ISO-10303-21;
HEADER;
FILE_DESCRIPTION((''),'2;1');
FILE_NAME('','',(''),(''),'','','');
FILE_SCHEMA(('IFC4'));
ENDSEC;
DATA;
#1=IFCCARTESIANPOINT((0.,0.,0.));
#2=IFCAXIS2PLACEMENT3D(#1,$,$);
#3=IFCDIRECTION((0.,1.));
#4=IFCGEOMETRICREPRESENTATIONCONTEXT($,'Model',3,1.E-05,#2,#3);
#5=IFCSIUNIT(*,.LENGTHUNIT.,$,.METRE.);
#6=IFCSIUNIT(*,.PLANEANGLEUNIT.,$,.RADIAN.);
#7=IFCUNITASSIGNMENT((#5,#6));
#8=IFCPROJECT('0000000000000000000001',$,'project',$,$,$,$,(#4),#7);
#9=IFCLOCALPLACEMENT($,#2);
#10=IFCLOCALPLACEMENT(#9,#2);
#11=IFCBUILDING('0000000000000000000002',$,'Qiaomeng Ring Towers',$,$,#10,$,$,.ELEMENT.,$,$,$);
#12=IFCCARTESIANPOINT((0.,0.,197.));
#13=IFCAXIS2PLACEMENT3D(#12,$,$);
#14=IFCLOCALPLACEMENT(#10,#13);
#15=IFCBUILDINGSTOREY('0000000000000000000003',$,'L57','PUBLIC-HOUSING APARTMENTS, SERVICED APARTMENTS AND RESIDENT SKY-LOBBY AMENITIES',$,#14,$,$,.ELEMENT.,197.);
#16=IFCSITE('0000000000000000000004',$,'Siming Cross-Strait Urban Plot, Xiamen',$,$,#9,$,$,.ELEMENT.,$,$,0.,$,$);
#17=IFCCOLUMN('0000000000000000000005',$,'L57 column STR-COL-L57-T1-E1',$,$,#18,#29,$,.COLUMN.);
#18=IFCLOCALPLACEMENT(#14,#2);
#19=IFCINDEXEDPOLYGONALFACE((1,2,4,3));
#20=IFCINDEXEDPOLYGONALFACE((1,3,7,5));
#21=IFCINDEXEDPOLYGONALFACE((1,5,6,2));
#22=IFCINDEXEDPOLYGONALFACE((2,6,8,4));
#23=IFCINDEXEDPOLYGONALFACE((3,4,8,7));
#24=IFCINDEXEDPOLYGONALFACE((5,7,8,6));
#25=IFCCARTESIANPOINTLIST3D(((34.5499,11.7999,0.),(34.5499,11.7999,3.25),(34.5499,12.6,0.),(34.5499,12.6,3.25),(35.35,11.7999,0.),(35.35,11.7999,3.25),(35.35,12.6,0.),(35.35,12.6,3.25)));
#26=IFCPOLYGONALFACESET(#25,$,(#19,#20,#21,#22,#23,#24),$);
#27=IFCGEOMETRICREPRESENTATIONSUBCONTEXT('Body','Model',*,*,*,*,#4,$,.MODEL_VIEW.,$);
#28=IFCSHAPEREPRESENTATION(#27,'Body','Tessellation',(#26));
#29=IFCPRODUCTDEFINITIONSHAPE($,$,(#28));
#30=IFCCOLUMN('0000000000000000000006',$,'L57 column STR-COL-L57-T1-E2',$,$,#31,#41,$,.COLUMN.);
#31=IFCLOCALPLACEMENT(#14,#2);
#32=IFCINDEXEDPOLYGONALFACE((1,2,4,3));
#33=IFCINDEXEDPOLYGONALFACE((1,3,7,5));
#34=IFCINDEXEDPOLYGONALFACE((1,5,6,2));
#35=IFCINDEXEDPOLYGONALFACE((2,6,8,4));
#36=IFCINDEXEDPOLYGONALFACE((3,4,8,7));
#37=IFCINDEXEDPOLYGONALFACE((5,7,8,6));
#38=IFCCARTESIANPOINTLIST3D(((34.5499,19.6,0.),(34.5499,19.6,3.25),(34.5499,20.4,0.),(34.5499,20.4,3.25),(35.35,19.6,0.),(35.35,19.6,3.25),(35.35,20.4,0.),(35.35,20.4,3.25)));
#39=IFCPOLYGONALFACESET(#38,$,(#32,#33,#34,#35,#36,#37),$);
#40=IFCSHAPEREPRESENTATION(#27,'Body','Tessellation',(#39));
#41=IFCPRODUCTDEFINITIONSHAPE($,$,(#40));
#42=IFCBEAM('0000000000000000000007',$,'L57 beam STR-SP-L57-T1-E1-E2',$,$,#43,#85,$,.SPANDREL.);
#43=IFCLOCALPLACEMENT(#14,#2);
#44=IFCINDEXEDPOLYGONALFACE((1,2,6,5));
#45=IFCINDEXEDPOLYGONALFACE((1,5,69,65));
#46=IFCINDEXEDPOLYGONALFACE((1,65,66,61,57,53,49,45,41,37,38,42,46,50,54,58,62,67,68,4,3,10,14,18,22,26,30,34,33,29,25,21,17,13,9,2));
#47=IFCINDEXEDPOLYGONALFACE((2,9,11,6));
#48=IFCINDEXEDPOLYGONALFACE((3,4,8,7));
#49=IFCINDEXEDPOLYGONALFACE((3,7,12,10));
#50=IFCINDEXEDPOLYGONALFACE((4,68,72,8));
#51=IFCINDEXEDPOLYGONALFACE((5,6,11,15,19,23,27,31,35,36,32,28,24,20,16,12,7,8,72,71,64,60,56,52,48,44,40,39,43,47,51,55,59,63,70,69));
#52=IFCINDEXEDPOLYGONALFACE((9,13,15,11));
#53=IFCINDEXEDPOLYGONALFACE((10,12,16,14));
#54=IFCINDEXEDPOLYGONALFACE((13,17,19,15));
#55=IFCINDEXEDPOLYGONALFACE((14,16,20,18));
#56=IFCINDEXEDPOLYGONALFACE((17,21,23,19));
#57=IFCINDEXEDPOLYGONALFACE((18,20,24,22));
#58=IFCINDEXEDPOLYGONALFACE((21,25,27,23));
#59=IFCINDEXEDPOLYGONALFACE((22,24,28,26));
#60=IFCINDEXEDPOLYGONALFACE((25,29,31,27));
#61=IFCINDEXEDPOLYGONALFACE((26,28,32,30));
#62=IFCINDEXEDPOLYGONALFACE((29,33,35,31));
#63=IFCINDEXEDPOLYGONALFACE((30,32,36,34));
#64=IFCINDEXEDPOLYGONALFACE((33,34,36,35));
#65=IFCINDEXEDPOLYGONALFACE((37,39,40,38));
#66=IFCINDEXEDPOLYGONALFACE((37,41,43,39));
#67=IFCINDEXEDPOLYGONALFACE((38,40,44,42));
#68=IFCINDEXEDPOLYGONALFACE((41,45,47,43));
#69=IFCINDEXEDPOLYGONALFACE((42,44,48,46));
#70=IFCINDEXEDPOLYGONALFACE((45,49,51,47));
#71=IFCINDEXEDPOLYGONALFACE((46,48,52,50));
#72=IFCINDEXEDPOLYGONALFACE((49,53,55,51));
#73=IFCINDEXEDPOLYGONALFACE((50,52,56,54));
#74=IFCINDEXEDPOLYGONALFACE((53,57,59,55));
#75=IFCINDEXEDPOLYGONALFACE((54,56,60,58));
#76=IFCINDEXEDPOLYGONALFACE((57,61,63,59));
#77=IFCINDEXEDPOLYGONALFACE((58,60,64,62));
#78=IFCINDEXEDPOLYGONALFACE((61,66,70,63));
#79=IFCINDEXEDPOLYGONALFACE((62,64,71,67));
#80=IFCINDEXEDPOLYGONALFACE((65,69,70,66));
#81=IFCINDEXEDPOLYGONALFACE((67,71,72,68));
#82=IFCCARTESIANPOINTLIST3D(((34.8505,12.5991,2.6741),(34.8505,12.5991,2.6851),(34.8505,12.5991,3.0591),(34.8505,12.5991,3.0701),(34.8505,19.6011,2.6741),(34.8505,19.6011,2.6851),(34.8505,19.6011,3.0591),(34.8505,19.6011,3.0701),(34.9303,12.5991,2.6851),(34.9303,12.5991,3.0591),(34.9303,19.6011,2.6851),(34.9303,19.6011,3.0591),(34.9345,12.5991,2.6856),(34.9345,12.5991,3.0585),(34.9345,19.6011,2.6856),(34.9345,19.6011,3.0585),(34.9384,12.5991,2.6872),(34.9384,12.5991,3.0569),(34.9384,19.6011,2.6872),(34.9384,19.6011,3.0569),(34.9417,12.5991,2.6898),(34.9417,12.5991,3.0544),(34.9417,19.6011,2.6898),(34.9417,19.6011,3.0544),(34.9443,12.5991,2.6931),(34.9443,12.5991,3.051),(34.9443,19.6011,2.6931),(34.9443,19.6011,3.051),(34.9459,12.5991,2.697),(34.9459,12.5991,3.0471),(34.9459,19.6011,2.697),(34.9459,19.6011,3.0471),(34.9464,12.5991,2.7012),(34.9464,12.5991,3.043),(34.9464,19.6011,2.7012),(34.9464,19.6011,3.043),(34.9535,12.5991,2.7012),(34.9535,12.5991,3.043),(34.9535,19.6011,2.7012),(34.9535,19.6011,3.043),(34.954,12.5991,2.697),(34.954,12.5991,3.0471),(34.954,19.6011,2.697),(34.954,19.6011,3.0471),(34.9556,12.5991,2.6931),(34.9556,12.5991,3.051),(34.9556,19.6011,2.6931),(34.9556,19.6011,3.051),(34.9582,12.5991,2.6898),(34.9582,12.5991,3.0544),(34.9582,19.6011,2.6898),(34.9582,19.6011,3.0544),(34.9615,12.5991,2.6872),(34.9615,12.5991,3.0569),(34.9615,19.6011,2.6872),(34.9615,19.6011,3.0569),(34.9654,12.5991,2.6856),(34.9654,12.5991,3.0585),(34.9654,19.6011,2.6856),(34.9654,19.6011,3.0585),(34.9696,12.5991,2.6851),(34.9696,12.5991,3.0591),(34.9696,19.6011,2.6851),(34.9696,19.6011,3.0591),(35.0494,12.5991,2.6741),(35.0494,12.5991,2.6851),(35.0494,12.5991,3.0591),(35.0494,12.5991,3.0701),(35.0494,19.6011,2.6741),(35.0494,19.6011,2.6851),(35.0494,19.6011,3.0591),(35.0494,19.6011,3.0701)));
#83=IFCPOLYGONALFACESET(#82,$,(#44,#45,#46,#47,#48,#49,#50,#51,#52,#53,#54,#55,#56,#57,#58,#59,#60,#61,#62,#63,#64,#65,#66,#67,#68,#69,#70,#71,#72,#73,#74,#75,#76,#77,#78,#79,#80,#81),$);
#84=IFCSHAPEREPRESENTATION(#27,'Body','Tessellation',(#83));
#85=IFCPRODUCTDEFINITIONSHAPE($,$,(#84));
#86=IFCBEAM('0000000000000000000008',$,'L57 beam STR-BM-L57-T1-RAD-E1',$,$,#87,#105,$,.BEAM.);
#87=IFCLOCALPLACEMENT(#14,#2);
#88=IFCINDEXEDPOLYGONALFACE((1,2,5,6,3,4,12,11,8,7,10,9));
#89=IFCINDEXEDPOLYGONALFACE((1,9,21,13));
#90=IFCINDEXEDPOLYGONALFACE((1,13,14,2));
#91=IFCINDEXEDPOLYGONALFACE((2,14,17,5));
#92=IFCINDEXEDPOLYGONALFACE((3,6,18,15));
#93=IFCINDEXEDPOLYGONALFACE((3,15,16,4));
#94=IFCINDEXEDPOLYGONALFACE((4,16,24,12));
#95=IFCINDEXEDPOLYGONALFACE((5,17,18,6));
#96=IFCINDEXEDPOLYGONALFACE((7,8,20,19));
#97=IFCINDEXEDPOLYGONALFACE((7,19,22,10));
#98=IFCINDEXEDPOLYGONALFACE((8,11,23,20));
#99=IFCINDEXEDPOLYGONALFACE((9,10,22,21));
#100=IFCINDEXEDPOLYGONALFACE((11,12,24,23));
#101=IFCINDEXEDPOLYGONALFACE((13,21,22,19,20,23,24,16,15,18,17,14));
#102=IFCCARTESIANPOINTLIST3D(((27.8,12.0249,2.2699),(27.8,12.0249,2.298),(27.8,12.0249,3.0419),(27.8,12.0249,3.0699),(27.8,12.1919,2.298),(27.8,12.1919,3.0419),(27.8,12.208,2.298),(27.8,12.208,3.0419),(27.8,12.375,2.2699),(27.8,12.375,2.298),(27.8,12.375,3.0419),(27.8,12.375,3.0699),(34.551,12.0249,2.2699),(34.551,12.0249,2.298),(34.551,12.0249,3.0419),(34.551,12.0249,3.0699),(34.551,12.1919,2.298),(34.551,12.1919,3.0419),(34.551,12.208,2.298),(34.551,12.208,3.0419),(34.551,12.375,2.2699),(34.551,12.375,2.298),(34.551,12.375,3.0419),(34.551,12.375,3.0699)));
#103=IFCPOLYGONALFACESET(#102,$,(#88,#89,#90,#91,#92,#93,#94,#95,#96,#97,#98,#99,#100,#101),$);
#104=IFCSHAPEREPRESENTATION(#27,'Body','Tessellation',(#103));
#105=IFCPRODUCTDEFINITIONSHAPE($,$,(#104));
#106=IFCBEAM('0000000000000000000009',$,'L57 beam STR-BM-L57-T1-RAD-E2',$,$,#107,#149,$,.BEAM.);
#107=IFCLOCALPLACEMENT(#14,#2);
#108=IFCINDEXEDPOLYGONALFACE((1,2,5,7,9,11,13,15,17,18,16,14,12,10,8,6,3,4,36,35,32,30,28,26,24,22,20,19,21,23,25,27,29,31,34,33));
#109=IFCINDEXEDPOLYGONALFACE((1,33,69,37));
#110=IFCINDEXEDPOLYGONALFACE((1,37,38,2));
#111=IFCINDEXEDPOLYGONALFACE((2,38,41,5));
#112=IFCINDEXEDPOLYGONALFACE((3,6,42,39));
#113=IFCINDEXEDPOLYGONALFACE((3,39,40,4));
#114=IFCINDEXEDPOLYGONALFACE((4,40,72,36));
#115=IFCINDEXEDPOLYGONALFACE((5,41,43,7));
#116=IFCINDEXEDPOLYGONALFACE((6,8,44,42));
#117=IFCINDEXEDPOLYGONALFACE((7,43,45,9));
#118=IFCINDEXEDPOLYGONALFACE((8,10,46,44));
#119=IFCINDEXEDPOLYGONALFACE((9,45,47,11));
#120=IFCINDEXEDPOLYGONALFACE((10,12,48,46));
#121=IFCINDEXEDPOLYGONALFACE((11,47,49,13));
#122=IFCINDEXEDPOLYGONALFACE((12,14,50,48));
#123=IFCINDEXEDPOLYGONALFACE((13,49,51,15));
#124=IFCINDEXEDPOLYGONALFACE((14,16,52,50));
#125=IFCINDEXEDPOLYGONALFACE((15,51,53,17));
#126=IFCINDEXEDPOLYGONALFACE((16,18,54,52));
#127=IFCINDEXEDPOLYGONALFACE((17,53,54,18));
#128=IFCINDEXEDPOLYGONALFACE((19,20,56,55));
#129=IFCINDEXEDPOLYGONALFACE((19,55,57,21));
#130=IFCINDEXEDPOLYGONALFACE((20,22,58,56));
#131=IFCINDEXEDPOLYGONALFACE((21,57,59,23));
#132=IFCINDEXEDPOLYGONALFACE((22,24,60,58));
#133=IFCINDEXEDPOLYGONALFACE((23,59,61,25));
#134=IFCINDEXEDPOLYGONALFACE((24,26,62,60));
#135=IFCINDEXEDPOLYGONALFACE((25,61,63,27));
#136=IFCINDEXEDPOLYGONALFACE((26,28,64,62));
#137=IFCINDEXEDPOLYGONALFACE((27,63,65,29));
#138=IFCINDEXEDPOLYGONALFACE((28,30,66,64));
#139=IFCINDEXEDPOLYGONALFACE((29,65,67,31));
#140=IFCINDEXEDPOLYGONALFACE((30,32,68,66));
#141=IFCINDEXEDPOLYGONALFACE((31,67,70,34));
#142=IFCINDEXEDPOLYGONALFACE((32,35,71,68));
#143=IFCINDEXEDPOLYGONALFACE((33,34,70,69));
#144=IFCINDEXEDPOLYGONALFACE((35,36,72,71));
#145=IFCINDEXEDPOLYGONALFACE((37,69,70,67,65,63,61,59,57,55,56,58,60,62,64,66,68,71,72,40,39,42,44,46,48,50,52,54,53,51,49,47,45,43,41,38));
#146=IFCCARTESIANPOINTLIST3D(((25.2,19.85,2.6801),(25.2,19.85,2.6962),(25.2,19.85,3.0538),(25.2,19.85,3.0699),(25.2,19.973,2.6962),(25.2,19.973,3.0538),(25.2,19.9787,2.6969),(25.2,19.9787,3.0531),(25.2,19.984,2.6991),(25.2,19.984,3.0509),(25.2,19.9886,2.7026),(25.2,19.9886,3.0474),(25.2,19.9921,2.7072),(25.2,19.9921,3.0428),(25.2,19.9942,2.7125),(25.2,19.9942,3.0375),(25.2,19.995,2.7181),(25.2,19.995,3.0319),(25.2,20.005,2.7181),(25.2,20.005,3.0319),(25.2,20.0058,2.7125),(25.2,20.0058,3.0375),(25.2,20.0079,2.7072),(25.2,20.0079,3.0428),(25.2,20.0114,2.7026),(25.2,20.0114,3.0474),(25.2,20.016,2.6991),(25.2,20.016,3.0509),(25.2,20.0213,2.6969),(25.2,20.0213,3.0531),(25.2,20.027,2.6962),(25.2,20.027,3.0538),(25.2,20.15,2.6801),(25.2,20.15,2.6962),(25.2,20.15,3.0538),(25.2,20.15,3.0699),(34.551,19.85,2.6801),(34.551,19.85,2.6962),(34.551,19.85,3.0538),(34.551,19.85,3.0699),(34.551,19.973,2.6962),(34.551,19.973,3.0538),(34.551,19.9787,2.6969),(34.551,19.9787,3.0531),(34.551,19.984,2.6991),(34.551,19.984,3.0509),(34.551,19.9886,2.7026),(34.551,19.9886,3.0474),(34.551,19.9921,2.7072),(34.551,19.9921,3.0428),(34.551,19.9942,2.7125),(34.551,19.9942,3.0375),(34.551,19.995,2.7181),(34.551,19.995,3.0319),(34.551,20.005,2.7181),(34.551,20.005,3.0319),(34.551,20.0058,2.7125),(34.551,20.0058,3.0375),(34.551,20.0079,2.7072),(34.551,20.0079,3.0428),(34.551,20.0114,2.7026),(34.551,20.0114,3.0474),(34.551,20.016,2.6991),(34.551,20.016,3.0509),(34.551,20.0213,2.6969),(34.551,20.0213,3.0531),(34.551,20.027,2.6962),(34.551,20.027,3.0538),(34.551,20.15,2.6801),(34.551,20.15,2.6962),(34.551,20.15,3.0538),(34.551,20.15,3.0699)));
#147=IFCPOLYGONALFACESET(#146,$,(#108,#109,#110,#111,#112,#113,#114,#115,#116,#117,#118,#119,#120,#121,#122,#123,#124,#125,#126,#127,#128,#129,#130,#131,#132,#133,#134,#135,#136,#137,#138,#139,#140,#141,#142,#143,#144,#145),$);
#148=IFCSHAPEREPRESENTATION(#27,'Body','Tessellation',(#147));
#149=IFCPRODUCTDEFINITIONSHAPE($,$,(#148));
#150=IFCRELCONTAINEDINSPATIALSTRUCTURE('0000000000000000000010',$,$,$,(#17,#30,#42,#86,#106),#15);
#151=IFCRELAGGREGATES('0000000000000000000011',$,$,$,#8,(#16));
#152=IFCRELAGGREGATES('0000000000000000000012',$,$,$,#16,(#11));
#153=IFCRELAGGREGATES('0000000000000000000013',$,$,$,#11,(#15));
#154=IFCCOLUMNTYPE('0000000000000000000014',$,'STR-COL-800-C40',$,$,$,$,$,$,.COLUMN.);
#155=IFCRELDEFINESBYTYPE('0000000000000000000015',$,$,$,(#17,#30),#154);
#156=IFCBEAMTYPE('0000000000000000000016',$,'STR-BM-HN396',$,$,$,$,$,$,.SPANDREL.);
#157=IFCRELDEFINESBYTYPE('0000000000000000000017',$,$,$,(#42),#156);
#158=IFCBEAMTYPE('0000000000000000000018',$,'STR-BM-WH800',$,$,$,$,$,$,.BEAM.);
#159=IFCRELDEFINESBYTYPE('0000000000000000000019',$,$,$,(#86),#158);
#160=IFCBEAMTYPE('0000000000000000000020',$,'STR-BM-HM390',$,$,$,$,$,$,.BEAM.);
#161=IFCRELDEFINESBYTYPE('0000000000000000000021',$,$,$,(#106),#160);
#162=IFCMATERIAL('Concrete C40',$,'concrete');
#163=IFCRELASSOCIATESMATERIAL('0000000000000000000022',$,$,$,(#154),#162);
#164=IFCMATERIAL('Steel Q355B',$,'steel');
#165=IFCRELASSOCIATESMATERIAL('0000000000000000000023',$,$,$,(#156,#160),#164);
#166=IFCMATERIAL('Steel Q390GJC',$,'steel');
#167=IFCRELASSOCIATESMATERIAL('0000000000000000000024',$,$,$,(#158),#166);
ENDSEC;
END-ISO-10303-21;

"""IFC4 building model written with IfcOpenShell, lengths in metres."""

from ifc_helpers import new_model, si_unit, direction, frame, origin, origin_2d, place, context, subcontext, project, spatial, rectangle, i_section, extrude, source, transform, mapped, material, material_profile, profile_set, type_object, element, save


model = new_model("IFC4")

# Units and contexts
model_context = context("Model", 3, precision=1e-05, world=origin(), true_north=direction((0.0, 1.0)))
body_context = subcontext(model_context, "Body", "Model", "MODEL_VIEW")
ifc_project = project(units=[si_unit("LENGTHUNIT", "METRE"), si_unit("PLANEANGLEUNIT", "RADIAN")], contexts=[model_context])

# Site, building, storey
site_placement = place(None, origin())
site = spatial("IfcSite", under=ifc_project, at=site_placement, Name="Siming Cross-Strait Urban Plot, Xiamen", CompositionType="ELEMENT", RefElevation=0.0)
building_placement = place(site_placement, origin())
building = spatial("IfcBuilding", under=site, at=building_placement, Name="Qiaomeng Ring Towers", CompositionType="ELEMENT")
storey_placement = place(building_placement, frame((0.0, 0.0, 197.0)))
storey = spatial("IfcBuildingStorey", under=building, at=storey_placement, Name="L57", Description="PUBLIC-HOUSING APARTMENTS, SERVICED APARTMENTS AND RESIDENT SKY-LOBBY AMENITIES", CompositionType="ELEMENT", Elevation=197.0)

# Columns
ifc_material_1 = material(Name="Concrete C40", Category="concrete")
ifc_material_profile_1 = material_profile(ifc_material_1, rectangle(XDim=0.8, YDim=0.8, at=origin_2d()), Name="RC COL 800x800")
ifc_profile_set_1 = profile_set([ifc_material_profile_1], Name="Concrete C40")
column_type = type_object("IfcColumnType", Name="STR-COL-800-C40", PredefinedType="COLUMN", material=ifc_profile_set_1)
shared_shape_1 = source(origin(), body_context, "Body", "SweptSolid", [
    extrude(rectangle(XDim=0.8, YDim=0.8, at=origin_2d()), origin(), (0.0, 0.0, 1.0), 3.25),
])
for number, where, z_axis, x_axis, name in (
    (1, (34.95, 12.2, 0.0), (0.0, 0.0, 1.0), (1.0, 0.0, 0.0), "L57 column STR-COL-L57-T1-E1"),
    (2, (34.95, 20.0, 0.0), (0.0, 0.0, 1.0), (1.0, 0.0, 0.0), "L57 column STR-COL-L57-T1-E2"),
):
    element("IfcColumn", number, at=place(storey_placement, frame(where, z_axis=z_axis, x_axis=x_axis)), inside=storey, type_object=column_type, Name=name, PredefinedType="COLUMN", context=body_context, shape_type="MappedRepresentation", body=[
        mapped(shared_shape_1, transform((0.0, 0.0, 0.0), x_axis=(1.0, 0.0, 0.0), y_axis=(0.0, 1.0, 0.0), z_axis=(0.0, 0.0, 1.0), scale=1.0)),
    ])

# Beams
ifc_material_2 = material(Name="Steel Q355B", Category="steel")
ifc_material_profile_2 = material_profile(ifc_material_2, i_section(OverallWidth=0.199, OverallDepth=0.396, WebThickness=0.0071, FlangeThickness=0.011, FilletRadius=0.0161, at=origin_2d()), Name="HN 396x199x7x11")
ifc_profile_set_2 = profile_set([ifc_material_profile_2], Name="Steel Q355B")
beam_type_1 = type_object("IfcBeamType", Name="STR-BM-HN396", PredefinedType="SPANDREL", material=ifc_profile_set_2)
shared_shape_2 = source(origin(), body_context, "Body", "SweptSolid", [
    extrude(i_section(OverallWidth=0.199, OverallDepth=0.396, WebThickness=0.0071, FlangeThickness=0.011, FilletRadius=0.0161, at=origin_2d()), origin(), (0.0, 0.0, 1.0), 7.002),
])
beam_1_placement = place(storey_placement, frame((34.95, 12.5991, 2.8721), z_axis=(0.0, 1.0, 0.0), x_axis=(-1.0, 0.0, 0.0)))
element("IfcBeam", 3, at=beam_1_placement, inside=storey, type_object=beam_type_1, Name="L57 beam STR-SP-L57-T1-E1-E2", PredefinedType="SPANDREL", context=body_context, shape_type="MappedRepresentation", body=[
    mapped(shared_shape_2, transform((0.0, 0.0, 0.0), x_axis=(1.0, 0.0, 0.0), y_axis=(0.0, 1.0, 0.0), z_axis=(0.0, 0.0, 1.0), scale=1.0)),
])
ifc_material_3 = material(Name="Steel Q390GJC", Category="steel")
ifc_material_profile_3 = material_profile(ifc_material_3, i_section(OverallWidth=0.3501, OverallDepth=0.8, WebThickness=0.0161, FlangeThickness=0.0281, at=origin_2d()), Name="WH 800x350x16x28")
ifc_profile_set_3 = profile_set([ifc_material_profile_3], Name="Steel Q390GJC")
beam_type_2 = type_object("IfcBeamType", Name="STR-BM-WH800", PredefinedType="BEAM", material=ifc_profile_set_3)
shared_shape_3 = source(origin(), body_context, "Body", "SweptSolid", [
    extrude(i_section(OverallWidth=0.3501, OverallDepth=0.8, WebThickness=0.0161, FlangeThickness=0.0281, at=origin_2d()), origin(), (0.0, 0.0, 1.0), 6.751),
])
beam_2_placement = place(storey_placement, frame((27.8, 12.2, 2.6699), z_axis=(1.0, 0.0, 0.0), x_axis=(0.0, 1.0, 0.0)))
element("IfcBeam", 4, at=beam_2_placement, inside=storey, type_object=beam_type_2, Name="L57 beam STR-BM-L57-T1-RAD-E1", PredefinedType="BEAM", context=body_context, shape_type="MappedRepresentation", body=[
    mapped(shared_shape_3, transform((0.0, 0.0, 0.0), x_axis=(1.0, 0.0, 0.0), y_axis=(0.0, 1.0, 0.0), z_axis=(0.0, 0.0, 1.0), scale=1.0)),
])
ifc_material_profile_4 = material_profile(ifc_material_2, i_section(OverallWidth=0.3, OverallDepth=0.3899, WebThickness=0.01, FlangeThickness=0.0161, FilletRadius=0.022, at=origin_2d()), Name="HM 390x300x10x16")
ifc_profile_set_4 = profile_set([ifc_material_profile_4], Name="Steel Q355B")
beam_type_3 = type_object("IfcBeamType", Name="STR-BM-HM390", PredefinedType="BEAM", material=ifc_profile_set_4)
shared_shape_4 = source(origin(), body_context, "Body", "SweptSolid", [
    extrude(i_section(OverallWidth=0.3, OverallDepth=0.3899, WebThickness=0.01, FlangeThickness=0.0161, FilletRadius=0.022, at=origin_2d()), origin(), (0.0, 0.0, 1.0), 9.3511),
])
beam_3_placement = place(storey_placement, frame((25.2, 20.0, 2.875), z_axis=(1.0, 0.0, 0.0), x_axis=(0.0, 1.0, 0.0)))
element("IfcBeam", 5, at=beam_3_placement, inside=storey, type_object=beam_type_3, Name="L57 beam STR-BM-L57-T1-RAD-E2", PredefinedType="BEAM", context=body_context, shape_type="MappedRepresentation", body=[
    mapped(shared_shape_4, transform((0.0, 0.0, 0.0), x_axis=(1.0, 0.0, 0.0), y_axis=(0.0, 1.0, 0.0), z_axis=(0.0, 0.0, 1.0), scale=1.0)),
])

save(model, "model.ifc")
